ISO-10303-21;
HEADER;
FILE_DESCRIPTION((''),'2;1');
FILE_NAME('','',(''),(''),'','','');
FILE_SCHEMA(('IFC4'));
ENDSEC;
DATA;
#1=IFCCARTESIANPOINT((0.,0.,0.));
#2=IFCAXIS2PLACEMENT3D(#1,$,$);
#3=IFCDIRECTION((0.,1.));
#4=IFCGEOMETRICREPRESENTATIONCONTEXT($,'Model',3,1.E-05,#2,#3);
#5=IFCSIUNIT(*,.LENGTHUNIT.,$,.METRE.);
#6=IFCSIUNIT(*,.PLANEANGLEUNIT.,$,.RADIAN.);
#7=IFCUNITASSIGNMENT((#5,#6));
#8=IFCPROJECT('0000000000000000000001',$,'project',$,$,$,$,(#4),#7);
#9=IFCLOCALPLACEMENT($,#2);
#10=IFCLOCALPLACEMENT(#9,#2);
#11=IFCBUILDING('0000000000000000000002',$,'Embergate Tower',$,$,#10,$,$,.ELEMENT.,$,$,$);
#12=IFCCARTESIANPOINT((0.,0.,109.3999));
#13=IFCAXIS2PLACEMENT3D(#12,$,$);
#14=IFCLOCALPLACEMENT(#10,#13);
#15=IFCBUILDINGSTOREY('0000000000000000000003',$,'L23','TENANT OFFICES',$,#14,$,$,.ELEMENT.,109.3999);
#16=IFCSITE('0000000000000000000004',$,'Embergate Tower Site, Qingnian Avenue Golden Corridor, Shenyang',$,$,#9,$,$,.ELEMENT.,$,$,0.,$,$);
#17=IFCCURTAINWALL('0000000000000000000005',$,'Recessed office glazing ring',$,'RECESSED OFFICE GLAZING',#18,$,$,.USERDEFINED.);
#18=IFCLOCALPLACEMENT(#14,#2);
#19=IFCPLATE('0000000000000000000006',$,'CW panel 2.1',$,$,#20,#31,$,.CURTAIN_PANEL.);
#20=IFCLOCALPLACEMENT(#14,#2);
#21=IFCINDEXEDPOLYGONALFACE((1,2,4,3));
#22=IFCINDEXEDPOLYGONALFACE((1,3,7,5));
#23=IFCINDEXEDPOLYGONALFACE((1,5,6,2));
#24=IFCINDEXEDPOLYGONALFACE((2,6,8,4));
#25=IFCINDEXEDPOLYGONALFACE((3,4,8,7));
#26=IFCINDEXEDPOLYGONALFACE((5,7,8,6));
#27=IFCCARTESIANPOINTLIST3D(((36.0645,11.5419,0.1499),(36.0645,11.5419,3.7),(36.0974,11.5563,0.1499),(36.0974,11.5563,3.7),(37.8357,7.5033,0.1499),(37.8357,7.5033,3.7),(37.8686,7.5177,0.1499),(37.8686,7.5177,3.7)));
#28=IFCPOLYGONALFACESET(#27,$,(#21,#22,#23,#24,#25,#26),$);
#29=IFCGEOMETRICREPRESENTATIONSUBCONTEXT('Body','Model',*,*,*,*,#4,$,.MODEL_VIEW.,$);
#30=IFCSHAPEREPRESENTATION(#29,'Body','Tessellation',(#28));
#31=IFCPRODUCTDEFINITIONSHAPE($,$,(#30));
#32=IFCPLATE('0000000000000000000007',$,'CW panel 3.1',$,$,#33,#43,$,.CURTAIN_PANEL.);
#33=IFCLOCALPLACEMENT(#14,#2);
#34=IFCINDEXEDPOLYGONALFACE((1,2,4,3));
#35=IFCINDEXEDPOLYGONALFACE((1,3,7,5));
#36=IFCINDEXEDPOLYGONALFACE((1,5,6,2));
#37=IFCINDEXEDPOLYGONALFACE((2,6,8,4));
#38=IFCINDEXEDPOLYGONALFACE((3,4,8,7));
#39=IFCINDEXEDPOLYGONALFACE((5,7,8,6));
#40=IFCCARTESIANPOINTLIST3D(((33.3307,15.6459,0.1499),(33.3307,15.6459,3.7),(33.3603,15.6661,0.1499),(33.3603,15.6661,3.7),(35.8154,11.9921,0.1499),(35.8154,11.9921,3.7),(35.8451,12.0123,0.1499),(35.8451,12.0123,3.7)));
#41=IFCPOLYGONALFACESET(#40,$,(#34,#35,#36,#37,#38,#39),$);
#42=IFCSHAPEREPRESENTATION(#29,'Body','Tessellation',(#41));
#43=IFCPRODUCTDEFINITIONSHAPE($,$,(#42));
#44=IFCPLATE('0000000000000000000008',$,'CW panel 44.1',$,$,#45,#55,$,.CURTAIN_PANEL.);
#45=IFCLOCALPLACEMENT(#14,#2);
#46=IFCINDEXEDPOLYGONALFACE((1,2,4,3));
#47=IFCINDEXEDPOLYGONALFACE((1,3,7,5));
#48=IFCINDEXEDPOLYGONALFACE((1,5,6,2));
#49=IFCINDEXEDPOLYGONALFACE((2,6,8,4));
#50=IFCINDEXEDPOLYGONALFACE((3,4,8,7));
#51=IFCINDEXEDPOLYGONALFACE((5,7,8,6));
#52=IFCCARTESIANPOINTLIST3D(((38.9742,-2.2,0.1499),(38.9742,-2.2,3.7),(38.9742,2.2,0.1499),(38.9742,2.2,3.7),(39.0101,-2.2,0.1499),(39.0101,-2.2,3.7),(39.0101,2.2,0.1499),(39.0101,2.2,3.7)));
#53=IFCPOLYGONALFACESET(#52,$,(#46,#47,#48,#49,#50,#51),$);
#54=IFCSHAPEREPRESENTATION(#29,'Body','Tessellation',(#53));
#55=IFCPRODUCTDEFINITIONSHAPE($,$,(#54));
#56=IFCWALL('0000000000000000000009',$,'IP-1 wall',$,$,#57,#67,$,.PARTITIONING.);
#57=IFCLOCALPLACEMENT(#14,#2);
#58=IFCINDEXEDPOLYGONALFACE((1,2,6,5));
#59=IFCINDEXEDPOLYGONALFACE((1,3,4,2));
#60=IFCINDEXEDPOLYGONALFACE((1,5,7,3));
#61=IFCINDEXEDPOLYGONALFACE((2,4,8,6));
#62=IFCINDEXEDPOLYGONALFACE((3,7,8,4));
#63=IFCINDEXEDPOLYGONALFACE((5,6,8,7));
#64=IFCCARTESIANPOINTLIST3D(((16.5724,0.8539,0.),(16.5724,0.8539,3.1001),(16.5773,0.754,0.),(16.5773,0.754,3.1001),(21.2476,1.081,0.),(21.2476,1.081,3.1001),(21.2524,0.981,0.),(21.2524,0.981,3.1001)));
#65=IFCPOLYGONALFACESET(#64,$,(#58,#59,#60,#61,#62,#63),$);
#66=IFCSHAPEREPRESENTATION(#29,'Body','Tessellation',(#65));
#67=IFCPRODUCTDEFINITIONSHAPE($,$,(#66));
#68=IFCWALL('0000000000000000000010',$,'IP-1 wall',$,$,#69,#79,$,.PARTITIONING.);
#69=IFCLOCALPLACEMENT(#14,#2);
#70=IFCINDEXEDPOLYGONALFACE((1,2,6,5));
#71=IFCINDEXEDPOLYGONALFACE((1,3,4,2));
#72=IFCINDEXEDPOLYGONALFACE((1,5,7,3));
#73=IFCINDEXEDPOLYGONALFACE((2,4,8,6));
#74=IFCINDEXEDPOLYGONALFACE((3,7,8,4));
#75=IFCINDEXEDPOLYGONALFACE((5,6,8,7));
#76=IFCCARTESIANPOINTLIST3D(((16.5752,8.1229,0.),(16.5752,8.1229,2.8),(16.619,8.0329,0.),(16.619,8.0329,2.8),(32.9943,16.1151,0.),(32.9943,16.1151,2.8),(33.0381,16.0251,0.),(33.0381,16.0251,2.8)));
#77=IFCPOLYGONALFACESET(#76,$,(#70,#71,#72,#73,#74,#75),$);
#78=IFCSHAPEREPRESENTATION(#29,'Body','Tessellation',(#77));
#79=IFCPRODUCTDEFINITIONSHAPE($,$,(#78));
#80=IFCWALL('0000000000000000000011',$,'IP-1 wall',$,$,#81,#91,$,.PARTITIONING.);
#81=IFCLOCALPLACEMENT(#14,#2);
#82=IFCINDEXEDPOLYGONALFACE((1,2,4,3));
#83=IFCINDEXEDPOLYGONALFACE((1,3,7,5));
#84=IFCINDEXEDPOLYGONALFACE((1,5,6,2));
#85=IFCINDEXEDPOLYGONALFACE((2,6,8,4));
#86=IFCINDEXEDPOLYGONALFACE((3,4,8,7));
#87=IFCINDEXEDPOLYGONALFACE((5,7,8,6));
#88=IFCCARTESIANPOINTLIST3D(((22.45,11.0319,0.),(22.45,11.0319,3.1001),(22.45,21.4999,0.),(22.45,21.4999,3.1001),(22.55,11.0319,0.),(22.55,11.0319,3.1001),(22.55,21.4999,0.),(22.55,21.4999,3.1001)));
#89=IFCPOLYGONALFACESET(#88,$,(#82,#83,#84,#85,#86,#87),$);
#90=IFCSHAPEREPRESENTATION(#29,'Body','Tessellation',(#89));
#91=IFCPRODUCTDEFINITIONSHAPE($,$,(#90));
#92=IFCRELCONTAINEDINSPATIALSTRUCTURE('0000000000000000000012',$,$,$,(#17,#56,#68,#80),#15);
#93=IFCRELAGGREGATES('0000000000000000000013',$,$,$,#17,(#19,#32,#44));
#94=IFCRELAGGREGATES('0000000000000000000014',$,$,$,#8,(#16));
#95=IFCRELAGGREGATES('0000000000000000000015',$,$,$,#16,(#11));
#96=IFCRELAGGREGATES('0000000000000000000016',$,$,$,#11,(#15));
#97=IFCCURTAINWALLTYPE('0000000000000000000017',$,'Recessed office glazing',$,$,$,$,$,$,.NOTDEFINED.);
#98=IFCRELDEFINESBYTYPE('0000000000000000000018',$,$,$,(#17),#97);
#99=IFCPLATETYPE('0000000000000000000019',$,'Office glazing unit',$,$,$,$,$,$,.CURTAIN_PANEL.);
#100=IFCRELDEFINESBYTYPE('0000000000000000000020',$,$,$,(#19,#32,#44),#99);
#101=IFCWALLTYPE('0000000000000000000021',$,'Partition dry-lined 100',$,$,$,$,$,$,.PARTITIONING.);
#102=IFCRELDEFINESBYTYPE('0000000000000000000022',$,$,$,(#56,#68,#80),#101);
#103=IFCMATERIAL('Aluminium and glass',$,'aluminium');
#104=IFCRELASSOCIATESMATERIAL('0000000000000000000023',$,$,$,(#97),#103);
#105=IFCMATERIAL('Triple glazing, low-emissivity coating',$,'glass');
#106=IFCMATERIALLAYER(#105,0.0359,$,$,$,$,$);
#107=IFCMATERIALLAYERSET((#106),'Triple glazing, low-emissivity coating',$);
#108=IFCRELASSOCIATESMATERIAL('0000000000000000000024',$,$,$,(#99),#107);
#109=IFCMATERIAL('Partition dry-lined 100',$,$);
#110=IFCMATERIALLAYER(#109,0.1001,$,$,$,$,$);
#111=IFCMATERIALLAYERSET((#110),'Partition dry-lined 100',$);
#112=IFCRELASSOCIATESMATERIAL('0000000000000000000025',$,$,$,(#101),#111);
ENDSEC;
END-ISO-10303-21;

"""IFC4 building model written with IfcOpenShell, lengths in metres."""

from ifc_helpers import new_model, si_unit, direction, frame, frame_2d, origin, origin_2d, place, context, subcontext, project, spatial, rectangle, extrude, source, transform, mapped, material, layer, layer_set, type_object, element, aggregate, save


model = new_model("IFC4")

# Units and contexts
model_context = context("Model", 3, precision=1e-05, world=origin(), true_north=direction((0.0, 1.0)))
body_context = subcontext(model_context, "Body", "Model", "MODEL_VIEW")
ifc_project = project(units=[si_unit("LENGTHUNIT", "METRE"), si_unit("PLANEANGLEUNIT", "RADIAN")], contexts=[model_context])

# Site, building, storey
site_placement = place(None, origin())
site = spatial("IfcSite", under=ifc_project, at=site_placement, Name="Embergate Tower Site, Qingnian Avenue Golden Corridor, Shenyang", CompositionType="ELEMENT", RefElevation=0.0)
building_placement = place(site_placement, origin())
building = spatial("IfcBuilding", under=site, at=building_placement, Name="Embergate Tower", CompositionType="ELEMENT")
storey_placement = place(building_placement, frame((0.0, 0.0, 109.3999)))
storey = spatial("IfcBuildingStorey", under=building, at=storey_placement, Name="L23", Description="TENANT OFFICES", CompositionType="ELEMENT", Elevation=109.3999)

# Curtain wall, plates
ifc_material_1 = material(Name="Aluminium and glass", Category="aluminium")
curtain_wall_type = type_object("IfcCurtainWallType", Name="Recessed office glazing", PredefinedType="NOTDEFINED", material=ifc_material_1)
curtain_wall_placement = place(storey_placement, origin())
curtain_wall = element("IfcCurtainWall", 1, at=curtain_wall_placement, inside=storey, type_object=curtain_wall_type, Name="Recessed office glazing ring", ObjectType="RECESSED OFFICE GLAZING", PredefinedType="USERDEFINED")
ifc_material_2 = material(Name="Triple glazing, low-emissivity coating", Category="glass")
ifc_layer_1 = layer(ifc_material_2, 0.0359)
ifc_layer_set_1 = layer_set([ifc_layer_1], Name="Triple glazing, low-emissivity coating")
plate_type = type_object("IfcPlateType", Name="Office glazing unit", PredefinedType="CURTAIN_PANEL", material=ifc_layer_set_1)
shared_shape_1 = source(origin(), body_context, "Body", "SweptSolid", [
    extrude(rectangle(XDim=4.4099, YDim=0.0359, at=origin_2d()), origin(), (0.0, 0.0, 1.0), 3.55),
])
plate_1_placement = place(storey_placement, frame((36.9666, 9.5298, 0.1499), z_axis=(0.0, 0.0, 1.0), x_axis=(-0.401644, 0.915796, 0.0)))
plate_1 = element("IfcPlate", 2, at=plate_1_placement, type_object=plate_type, Name="CW panel 2.1", PredefinedType="CURTAIN_PANEL", context=body_context, shape_type="MappedRepresentation", body=[
    mapped(shared_shape_1, transform((0.0, 0.0, 0.0))),
])
shared_shape_2 = source(origin(), body_context, "Body", "SweptSolid", [
    extrude(rectangle(XDim=4.4187, YDim=0.0359, at=origin_2d()), origin(), (0.0, 0.0, 1.0), 3.55),
])
plate_2_placement = place(storey_placement, frame((34.5879, 13.8291, 0.1499), z_axis=(0.0, 0.0, 1.0), x_axis=(-0.562332, 0.826912, 0.0)))
plate_2 = element("IfcPlate", 3, at=plate_2_placement, type_object=plate_type, Name="CW panel 3.1", PredefinedType="CURTAIN_PANEL", context=body_context, shape_type="MappedRepresentation", body=[
    mapped(shared_shape_2, transform((0.0, 0.0, 0.0))),
])
shared_shape_3 = source(origin(), body_context, "Body", "SweptSolid", [
    extrude(rectangle(XDim=4.3999, YDim=0.0359, at=origin_2d()), origin(), (0.0, 0.0, 1.0), 3.55),
])
plate_3_placement = place(storey_placement, frame((38.9922, 0.0, 0.1499), z_axis=(0.0, 0.0, 1.0), x_axis=(0.0, 1.0, 0.0)))
plate_3 = element("IfcPlate", 4, at=plate_3_placement, type_object=plate_type, Name="CW panel 44.1", PredefinedType="CURTAIN_PANEL", context=body_context, shape_type="MappedRepresentation", body=[
    mapped(shared_shape_3, transform((0.0, 0.0, 0.0))),
])
aggregate(curtain_wall, [plate_1, plate_2, plate_3])

# Walls
ifc_material_3 = material(Name="Partition dry-lined 100")
ifc_layer_2 = layer(ifc_material_3, 0.1001)
ifc_layer_set_2 = layer_set([ifc_layer_2], Name="Partition dry-lined 100")
wall_type = type_object("IfcWallType", Name="Partition dry-lined 100", PredefinedType="PARTITIONING", material=ifc_layer_set_2)
shared_shape_4 = source(origin(), body_context, "Body", "SweptSolid", [
    extrude(rectangle(XDim=4.6807, YDim=0.1001, at=frame_2d((2.3403, 0.0))), origin(), (0.0, 0.0, 1.0), 3.1001),
])
wall_1_placement = place(storey_placement, frame((21.25, 1.031, 0.0), z_axis=(0.0, 0.0, 1.0), x_axis=(-0.998823, -0.048509, 0.0)))
element("IfcWall", 5, at=wall_1_placement, inside=storey, type_object=wall_type, Name="IP-1 wall", PredefinedType="PARTITIONING", context=body_context, shape_type="MappedRepresentation", body=[
    mapped(shared_shape_4, transform((0.0, 0.0, 0.0))),
])
shared_shape_5 = source(origin(), body_context, "Body", "SweptSolid", [
    extrude(rectangle(XDim=18.261, YDim=0.1001, at=frame_2d((9.1304, 0.0))), origin(), (0.0, 0.0, 1.0), 2.8),
])
wall_2_placement = place(storey_placement, frame((33.0161, 16.0701, 0.0), z_axis=(0.0, 0.0, 1.0), x_axis=(-0.899139, -0.437664, 0.0)))
element("IfcWall", 6, at=wall_2_placement, inside=storey, type_object=wall_type, Name="IP-1 wall", PredefinedType="PARTITIONING", context=body_context, shape_type="MappedRepresentation", body=[
    mapped(shared_shape_5, transform((0.0, 0.0, 0.0))),
])
shared_shape_6 = source(origin(), body_context, "Body", "SweptSolid", [
    extrude(rectangle(XDim=10.468, YDim=0.1001, at=frame_2d((5.2339, 0.0))), origin(), (0.0, 0.0, 1.0), 3.1001),
])
wall_3_placement = place(storey_placement, frame((22.5, 11.032, 0.0), z_axis=(0.0, 0.0, 1.0), x_axis=(0.0, 1.0, 0.0)))
element("IfcWall", 7, at=wall_3_placement, inside=storey, type_object=wall_type, Name="IP-1 wall", PredefinedType="PARTITIONING", context=body_context, shape_type="MappedRepresentation", body=[
    mapped(shared_shape_6, transform((0.0, 0.0, 0.0))),
])

save(model, "model.ifc")
